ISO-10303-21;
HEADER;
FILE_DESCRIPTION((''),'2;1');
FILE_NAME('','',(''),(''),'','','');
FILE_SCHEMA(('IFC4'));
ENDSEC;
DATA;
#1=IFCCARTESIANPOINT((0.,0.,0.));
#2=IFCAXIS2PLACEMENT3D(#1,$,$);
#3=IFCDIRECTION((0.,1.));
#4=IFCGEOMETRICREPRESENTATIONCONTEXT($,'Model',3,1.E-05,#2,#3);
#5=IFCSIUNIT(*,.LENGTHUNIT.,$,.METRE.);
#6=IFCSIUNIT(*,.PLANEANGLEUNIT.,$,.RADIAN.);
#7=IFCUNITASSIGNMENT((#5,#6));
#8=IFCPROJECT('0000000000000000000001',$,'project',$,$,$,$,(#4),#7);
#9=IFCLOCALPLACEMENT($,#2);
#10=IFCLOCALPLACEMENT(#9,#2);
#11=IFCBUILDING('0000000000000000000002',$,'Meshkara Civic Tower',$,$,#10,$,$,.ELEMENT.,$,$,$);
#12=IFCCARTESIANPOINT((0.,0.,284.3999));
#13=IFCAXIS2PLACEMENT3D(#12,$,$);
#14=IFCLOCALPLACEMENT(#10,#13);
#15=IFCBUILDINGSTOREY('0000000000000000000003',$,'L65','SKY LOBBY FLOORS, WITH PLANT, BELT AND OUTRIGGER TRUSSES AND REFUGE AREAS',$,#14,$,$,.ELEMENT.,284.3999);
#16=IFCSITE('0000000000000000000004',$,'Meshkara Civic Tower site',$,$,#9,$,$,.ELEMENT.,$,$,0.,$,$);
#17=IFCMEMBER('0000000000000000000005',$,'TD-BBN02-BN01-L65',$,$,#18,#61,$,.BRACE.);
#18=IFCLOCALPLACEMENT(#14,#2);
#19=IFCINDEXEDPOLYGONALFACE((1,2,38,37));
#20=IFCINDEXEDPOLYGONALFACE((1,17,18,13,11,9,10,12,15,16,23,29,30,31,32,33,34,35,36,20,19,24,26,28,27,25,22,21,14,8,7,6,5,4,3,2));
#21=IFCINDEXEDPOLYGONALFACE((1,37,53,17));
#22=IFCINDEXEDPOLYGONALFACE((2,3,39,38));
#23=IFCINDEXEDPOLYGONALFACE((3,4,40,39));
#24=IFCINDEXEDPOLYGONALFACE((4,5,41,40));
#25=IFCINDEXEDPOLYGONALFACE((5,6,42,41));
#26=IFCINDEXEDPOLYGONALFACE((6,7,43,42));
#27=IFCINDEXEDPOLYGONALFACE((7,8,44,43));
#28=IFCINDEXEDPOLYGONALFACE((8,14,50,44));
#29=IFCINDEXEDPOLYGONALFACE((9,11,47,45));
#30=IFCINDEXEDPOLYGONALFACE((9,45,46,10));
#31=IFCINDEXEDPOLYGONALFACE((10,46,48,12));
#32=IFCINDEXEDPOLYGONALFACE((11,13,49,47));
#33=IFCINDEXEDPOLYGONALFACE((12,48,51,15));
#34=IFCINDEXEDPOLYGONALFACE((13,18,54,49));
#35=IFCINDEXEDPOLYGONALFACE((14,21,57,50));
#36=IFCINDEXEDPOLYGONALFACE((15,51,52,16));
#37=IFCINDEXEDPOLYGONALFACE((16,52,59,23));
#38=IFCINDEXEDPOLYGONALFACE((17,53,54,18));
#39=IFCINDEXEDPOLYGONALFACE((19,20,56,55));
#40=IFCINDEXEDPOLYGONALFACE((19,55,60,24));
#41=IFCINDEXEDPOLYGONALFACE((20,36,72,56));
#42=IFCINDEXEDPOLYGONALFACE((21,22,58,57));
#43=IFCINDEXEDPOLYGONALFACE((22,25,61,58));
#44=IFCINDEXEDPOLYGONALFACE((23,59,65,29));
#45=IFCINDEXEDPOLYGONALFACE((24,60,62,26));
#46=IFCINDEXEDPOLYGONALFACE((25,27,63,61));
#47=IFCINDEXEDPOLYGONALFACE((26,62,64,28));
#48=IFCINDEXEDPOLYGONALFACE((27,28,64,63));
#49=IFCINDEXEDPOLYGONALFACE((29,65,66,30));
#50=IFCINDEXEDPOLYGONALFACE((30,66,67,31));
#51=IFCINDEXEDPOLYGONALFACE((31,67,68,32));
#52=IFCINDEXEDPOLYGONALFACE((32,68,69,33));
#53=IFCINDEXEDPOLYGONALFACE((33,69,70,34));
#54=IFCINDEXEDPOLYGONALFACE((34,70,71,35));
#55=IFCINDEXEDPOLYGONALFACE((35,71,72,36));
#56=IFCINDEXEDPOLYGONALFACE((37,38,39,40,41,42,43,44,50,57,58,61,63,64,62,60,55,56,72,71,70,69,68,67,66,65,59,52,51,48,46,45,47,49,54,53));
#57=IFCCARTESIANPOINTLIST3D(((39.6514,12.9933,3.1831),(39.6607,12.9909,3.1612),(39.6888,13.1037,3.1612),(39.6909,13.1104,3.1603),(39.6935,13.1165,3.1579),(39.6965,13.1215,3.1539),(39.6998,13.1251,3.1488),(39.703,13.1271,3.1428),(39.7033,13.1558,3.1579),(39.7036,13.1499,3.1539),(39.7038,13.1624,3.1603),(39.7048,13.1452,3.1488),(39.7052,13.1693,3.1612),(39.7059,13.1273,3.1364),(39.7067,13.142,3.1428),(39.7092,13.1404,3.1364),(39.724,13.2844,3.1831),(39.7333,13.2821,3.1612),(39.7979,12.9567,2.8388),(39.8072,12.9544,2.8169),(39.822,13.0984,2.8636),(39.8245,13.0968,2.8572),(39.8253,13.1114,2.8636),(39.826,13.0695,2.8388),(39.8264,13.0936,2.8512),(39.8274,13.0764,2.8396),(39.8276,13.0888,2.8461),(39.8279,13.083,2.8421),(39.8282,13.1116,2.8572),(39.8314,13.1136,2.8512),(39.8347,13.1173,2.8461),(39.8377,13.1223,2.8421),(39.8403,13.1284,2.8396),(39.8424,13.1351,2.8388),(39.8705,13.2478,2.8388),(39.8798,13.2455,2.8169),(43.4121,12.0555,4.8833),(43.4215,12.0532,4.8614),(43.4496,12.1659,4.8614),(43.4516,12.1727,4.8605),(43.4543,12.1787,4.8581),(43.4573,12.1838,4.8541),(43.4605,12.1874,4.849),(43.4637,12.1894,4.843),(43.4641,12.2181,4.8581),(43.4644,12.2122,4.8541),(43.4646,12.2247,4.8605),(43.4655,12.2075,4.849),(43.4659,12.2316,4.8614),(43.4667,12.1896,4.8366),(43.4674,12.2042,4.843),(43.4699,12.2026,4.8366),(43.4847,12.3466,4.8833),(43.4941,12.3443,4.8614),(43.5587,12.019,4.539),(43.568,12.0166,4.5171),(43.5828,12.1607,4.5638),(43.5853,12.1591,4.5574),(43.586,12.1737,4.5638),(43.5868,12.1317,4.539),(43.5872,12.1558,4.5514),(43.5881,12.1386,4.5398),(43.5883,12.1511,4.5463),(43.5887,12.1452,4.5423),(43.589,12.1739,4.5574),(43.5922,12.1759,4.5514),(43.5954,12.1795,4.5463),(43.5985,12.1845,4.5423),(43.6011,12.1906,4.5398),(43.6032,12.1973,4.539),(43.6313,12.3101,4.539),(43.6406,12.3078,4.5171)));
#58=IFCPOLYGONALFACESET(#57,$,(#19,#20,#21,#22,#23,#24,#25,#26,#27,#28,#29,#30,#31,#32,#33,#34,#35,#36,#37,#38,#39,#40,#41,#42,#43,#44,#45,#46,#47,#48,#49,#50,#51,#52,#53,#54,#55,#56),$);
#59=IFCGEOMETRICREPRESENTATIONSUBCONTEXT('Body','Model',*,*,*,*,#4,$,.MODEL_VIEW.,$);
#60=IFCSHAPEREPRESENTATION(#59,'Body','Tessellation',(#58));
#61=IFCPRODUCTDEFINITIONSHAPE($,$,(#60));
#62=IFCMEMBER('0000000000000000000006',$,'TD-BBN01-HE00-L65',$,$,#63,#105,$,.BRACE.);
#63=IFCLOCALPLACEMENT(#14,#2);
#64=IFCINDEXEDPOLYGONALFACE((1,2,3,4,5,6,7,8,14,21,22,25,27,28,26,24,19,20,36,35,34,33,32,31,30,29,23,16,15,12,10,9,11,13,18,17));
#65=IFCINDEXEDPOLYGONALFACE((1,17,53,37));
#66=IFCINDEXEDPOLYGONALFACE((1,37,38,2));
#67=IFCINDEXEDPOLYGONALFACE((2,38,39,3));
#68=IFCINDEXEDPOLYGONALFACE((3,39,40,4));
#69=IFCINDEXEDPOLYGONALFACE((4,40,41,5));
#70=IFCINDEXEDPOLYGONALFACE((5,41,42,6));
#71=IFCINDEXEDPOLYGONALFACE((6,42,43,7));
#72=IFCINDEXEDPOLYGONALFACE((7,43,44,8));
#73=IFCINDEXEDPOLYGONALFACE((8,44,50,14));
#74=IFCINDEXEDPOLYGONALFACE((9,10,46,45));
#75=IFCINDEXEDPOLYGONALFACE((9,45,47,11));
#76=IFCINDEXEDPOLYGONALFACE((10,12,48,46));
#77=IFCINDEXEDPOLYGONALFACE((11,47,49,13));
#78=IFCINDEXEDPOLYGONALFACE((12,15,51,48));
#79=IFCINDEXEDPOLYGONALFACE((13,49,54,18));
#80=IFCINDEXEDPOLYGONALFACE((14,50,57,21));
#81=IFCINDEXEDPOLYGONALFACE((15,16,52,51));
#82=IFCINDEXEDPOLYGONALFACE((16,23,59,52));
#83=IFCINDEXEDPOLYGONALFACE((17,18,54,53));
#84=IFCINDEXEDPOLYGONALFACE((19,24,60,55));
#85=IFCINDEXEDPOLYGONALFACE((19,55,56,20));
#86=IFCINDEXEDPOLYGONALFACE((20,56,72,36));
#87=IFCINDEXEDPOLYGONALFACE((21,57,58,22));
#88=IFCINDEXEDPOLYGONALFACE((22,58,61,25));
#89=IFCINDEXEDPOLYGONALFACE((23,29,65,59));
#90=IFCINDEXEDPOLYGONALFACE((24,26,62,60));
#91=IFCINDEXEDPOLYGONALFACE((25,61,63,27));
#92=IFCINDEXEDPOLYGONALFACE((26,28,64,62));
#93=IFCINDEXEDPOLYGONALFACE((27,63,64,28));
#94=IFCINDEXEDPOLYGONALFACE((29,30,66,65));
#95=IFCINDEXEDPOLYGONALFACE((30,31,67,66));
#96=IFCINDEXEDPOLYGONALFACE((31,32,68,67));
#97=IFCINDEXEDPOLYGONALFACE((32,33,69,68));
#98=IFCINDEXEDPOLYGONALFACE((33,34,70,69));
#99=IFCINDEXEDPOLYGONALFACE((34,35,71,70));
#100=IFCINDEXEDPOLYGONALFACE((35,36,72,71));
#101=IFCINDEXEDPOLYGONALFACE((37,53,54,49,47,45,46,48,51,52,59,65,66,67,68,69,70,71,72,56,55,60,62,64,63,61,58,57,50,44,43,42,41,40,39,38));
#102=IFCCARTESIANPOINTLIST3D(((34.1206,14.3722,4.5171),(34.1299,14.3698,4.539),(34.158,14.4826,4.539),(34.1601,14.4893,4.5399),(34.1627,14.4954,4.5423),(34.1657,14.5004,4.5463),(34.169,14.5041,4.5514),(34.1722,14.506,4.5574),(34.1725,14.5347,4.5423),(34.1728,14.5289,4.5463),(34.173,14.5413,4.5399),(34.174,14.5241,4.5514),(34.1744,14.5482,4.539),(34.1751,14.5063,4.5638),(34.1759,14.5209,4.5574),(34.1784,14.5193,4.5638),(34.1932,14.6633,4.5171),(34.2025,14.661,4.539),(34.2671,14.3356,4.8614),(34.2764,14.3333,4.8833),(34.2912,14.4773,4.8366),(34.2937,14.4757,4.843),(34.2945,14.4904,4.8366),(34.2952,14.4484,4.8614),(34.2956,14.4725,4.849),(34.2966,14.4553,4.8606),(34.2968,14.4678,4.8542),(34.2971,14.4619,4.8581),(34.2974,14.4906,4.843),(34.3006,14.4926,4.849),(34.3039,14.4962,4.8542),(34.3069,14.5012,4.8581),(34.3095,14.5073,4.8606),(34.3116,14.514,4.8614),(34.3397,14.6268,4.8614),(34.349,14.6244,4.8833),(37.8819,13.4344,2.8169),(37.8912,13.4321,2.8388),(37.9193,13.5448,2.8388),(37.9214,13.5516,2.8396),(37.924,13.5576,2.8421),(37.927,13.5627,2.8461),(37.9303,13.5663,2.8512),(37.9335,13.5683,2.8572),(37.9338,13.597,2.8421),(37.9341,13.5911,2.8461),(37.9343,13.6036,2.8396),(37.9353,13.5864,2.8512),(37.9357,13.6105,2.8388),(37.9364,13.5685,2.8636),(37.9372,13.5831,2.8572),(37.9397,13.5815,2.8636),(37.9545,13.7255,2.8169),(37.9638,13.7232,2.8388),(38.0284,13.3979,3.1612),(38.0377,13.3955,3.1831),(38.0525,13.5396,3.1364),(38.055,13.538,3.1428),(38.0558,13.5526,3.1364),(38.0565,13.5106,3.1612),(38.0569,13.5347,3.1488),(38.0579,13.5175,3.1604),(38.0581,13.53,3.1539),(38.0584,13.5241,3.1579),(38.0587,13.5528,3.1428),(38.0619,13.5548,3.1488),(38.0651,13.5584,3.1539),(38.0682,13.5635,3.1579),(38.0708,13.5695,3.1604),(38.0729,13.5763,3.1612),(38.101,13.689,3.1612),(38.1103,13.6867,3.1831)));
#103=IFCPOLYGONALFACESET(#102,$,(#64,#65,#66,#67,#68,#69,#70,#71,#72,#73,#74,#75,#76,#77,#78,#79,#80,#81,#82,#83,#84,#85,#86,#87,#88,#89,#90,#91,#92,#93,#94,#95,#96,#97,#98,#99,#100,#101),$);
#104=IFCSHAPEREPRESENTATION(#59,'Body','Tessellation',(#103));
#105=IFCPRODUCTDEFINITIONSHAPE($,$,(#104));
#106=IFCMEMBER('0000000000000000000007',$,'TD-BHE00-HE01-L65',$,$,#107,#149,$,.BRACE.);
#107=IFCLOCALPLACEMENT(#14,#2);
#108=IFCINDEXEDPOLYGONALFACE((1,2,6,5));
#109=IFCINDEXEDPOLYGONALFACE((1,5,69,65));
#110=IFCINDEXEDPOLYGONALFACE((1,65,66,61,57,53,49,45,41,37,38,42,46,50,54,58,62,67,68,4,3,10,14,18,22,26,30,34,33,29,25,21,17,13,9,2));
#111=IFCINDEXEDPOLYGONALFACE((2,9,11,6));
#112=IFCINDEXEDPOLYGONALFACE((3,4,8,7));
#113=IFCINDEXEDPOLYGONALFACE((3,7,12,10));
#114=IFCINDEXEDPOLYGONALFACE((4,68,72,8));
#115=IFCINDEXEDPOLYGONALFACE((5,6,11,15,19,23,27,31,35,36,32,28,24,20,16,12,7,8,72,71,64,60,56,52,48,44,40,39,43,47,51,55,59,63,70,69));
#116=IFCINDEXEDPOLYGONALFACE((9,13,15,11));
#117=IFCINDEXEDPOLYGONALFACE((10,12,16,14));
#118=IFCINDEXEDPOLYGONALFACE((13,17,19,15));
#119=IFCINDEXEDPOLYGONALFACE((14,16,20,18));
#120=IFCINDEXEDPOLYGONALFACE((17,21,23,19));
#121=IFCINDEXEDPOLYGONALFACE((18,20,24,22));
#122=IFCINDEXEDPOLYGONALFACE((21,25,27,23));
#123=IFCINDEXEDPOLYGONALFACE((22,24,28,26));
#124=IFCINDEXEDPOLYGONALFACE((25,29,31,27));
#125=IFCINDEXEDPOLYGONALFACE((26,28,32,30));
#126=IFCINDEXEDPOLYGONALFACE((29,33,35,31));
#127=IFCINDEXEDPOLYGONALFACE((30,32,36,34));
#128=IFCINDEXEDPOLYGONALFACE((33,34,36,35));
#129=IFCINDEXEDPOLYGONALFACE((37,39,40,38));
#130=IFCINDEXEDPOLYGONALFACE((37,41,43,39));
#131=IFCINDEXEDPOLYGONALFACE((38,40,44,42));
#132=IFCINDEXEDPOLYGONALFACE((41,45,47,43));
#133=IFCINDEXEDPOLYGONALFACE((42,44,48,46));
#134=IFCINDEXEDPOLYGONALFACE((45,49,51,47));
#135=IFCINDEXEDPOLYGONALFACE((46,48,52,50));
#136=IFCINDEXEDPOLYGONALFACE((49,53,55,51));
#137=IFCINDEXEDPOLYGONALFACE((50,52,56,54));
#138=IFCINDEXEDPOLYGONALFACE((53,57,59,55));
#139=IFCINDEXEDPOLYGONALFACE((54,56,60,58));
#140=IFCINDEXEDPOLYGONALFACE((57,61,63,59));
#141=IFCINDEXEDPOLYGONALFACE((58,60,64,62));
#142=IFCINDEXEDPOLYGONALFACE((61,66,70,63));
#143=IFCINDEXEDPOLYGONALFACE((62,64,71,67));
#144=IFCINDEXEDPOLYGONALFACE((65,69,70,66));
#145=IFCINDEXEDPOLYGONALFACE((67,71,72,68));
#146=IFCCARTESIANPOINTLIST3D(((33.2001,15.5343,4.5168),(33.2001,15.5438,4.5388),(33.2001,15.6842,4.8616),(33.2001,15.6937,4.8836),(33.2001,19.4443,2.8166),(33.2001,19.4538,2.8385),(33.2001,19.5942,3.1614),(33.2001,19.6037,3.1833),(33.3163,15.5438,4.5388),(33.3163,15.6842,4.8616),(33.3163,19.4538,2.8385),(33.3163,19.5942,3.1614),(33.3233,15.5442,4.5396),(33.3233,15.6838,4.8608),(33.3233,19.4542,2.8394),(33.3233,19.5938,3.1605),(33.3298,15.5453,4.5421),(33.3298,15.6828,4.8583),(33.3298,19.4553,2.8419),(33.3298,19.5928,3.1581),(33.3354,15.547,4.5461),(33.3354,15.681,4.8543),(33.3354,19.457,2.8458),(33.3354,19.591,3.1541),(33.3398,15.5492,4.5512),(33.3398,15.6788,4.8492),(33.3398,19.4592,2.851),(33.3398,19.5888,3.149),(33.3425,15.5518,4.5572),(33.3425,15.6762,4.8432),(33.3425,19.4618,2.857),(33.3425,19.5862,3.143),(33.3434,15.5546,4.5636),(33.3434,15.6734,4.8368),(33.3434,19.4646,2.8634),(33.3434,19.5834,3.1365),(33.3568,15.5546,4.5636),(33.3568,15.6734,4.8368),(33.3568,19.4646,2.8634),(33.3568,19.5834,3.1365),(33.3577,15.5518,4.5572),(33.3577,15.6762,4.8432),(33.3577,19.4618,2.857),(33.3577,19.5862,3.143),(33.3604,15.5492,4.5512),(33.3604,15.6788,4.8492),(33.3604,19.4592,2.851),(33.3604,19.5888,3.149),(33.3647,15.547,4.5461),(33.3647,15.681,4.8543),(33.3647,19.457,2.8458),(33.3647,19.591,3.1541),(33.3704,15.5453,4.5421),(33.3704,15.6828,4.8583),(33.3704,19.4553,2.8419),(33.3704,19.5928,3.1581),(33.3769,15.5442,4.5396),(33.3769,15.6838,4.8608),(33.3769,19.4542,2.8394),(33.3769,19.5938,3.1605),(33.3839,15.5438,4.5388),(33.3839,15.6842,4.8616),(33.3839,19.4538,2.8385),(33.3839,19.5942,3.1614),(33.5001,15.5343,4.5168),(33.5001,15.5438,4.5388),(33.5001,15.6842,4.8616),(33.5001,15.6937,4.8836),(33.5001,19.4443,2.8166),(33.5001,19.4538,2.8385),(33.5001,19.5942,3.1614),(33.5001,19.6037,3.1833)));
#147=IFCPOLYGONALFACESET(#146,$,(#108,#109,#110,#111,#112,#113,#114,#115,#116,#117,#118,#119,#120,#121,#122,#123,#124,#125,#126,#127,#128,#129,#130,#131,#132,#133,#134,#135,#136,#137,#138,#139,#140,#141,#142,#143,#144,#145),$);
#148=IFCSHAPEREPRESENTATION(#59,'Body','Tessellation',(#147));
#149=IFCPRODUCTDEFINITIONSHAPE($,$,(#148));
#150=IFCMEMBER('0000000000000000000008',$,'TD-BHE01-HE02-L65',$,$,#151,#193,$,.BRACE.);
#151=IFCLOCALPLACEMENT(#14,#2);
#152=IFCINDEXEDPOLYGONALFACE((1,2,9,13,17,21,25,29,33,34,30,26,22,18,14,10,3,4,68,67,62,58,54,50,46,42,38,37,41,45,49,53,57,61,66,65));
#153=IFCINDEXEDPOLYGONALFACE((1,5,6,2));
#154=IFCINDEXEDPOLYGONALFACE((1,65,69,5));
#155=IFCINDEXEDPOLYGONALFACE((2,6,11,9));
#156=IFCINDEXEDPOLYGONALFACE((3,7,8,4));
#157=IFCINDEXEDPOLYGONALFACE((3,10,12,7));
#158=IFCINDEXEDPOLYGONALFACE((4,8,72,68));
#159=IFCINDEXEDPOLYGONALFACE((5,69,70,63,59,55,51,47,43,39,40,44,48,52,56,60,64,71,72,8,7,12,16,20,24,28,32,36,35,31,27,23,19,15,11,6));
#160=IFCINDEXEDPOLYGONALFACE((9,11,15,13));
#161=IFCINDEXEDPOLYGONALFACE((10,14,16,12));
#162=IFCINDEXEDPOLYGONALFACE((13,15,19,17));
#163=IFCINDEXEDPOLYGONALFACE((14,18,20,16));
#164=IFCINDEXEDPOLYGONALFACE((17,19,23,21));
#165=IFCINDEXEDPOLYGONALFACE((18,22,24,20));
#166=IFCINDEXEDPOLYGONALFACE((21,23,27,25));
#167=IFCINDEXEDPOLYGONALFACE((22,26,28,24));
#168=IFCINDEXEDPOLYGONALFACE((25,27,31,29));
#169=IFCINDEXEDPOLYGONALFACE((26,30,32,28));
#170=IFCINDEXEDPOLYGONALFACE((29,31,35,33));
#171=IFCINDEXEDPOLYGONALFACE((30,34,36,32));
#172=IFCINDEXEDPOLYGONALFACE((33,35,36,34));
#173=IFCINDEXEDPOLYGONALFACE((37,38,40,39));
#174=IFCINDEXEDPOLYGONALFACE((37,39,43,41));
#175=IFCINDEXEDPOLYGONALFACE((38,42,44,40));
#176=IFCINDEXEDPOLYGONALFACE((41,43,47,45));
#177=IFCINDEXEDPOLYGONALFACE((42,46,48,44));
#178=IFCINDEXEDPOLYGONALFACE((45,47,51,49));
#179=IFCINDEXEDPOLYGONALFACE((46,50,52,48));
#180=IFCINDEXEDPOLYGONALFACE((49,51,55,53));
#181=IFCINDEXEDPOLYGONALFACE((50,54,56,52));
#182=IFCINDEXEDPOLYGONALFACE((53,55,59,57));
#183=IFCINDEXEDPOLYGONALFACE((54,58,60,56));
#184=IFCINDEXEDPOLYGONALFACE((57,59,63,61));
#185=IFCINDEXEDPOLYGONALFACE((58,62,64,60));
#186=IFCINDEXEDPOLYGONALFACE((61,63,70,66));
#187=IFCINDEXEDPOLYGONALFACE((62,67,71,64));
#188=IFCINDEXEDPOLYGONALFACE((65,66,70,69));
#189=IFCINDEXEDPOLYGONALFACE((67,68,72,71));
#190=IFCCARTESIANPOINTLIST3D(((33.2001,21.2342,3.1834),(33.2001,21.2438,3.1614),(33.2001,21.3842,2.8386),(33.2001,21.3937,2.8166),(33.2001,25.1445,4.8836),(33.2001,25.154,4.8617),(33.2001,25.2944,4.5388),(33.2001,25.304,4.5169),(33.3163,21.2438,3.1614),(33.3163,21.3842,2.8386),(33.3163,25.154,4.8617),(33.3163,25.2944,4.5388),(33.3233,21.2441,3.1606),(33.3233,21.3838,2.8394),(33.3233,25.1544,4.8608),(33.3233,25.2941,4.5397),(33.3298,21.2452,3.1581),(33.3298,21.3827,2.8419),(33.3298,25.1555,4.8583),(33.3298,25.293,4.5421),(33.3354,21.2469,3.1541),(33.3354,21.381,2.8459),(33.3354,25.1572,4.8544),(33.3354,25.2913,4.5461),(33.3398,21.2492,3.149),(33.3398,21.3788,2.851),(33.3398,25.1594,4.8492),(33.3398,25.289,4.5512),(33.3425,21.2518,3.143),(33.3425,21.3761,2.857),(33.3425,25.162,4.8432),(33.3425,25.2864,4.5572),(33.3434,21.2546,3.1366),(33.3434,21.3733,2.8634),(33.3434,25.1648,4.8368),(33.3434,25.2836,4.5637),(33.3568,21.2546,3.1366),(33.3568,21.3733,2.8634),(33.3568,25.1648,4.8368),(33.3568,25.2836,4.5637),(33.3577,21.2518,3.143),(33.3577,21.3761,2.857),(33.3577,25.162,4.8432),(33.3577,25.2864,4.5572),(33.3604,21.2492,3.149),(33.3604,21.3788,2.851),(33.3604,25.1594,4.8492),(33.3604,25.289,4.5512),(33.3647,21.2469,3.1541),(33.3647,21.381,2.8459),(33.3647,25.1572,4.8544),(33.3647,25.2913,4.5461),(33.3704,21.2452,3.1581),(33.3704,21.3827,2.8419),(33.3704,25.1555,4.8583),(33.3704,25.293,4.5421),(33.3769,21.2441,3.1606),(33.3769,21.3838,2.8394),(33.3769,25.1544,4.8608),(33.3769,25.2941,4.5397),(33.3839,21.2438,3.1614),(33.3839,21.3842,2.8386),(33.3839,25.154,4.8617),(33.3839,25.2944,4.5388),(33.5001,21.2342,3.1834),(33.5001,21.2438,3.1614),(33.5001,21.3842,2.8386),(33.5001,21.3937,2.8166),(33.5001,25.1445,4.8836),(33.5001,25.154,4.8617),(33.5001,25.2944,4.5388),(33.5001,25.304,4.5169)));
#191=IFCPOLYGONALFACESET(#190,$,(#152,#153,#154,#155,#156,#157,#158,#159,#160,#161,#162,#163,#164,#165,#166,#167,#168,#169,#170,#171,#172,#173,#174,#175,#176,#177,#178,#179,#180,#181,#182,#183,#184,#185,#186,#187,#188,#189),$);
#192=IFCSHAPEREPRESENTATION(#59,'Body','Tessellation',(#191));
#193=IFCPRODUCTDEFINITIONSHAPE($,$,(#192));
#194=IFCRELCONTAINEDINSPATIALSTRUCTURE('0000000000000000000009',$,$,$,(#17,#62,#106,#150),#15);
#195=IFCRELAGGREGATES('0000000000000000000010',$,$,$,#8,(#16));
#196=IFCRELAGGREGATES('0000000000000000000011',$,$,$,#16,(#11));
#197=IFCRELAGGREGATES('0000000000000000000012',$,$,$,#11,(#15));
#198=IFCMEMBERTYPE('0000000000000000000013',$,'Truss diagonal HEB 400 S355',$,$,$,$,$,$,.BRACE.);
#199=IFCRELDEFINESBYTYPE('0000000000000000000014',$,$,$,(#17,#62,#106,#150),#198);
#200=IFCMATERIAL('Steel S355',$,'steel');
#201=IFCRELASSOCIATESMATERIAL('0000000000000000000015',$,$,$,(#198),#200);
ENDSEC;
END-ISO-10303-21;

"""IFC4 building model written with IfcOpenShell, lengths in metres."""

from ifc_helpers import new_model, si_unit, direction, frame, origin, origin_2d, place, context, subcontext, project, spatial, i_section, extrude, material, material_profile, profile_set, type_object, element, save


model = new_model("IFC4")

# Units and contexts
model_context = context("Model", 3, precision=1e-05, world=origin(), true_north=direction((0.0, 1.0)))
body_context = subcontext(model_context, "Body", "Model", "MODEL_VIEW")
ifc_project = project(units=[si_unit("LENGTHUNIT", "METRE"), si_unit("PLANEANGLEUNIT", "RADIAN")], contexts=[model_context])

# Site, building, storey
site_placement = place(None, origin())
site = spatial("IfcSite", under=ifc_project, at=site_placement, Name="Meshkara Civic Tower site", CompositionType="ELEMENT", RefElevation=0.0)
building_placement = place(site_placement, origin())
building = spatial("IfcBuilding", under=site, at=building_placement, Name="Meshkara Civic Tower", CompositionType="ELEMENT")
storey_placement = place(building_placement, frame((0.0, 0.0, 284.3999)))
storey = spatial("IfcBuildingStorey", under=building, at=storey_placement, Name="L65", Description="SKY LOBBY FLOORS, WITH PLANT, BELT AND OUTRIGGER TRUSSES AND REFUGE AREAS", CompositionType="ELEMENT", Elevation=284.3999)

# Members
ifc_material_1 = material(Name="Steel S355", Category="steel")
ifc_material_profile_1 = material_profile(ifc_material_1, i_section(OverallWidth=0.3, OverallDepth=0.3999, WebThickness=0.0134, FlangeThickness=0.0239, FilletRadius=0.0271, at=origin_2d()))
ifc_profile_set_1 = profile_set([ifc_material_profile_1], Name="Steel S355")
member_type = type_object("IfcMemberType", Name="Truss diagonal HEB 400 S355", PredefinedType="BRACE", material=ifc_profile_set_1)
member_1_placement = place(storey_placement, frame((43.5264, 12.1816, 4.7002), z_axis=(-0.88856, 0.221563, -0.40171), x_axis=(-0.241943, -0.970291, 0.0)))
element("IfcMember", 1, at=member_1_placement, inside=storey, type_object=member_type, Name="TD-BBN02-BN01-L65", PredefinedType="BRACE", context=body_context, shape_type="SweptSolid", body=[
    extrude(i_section(OverallWidth=0.3, OverallDepth=0.3999, WebThickness=0.0134, FlangeThickness=0.0239, FilletRadius=0.0271, at=origin_2d()), origin(), (0.0, 0.0, 1.0), 4.2324),
])
member_2_placement = place(storey_placement, frame((37.9961, 13.5605, 3.0), z_axis=(-0.888584, 0.221541, 0.401668), x_axis=(-0.241913, -0.970298, 0.0)))
element("IfcMember", 2, at=member_2_placement, inside=storey, type_object=member_type, Name="TD-BBN01-HE00-L65", PredefinedType="BRACE", context=body_context, shape_type="SweptSolid", body=[
    extrude(i_section(OverallWidth=0.3, OverallDepth=0.3999, WebThickness=0.0134, FlangeThickness=0.0239, FilletRadius=0.0271, at=origin_2d()), origin(), (0.0, 0.0, 1.0), 4.2329),
])
member_3_placement = place(storey_placement, frame((33.3501, 15.614, 4.7002), z_axis=(0.0, 0.91705, -0.398772), x_axis=(-1.0, 0.0, 0.0)))
element("IfcMember", 3, at=member_3_placement, inside=storey, type_object=member_type, Name="TD-BHE00-HE01-L65", PredefinedType="BRACE", context=body_context, shape_type="SweptSolid", body=[
    extrude(i_section(OverallWidth=0.3, OverallDepth=0.3999, WebThickness=0.0134, FlangeThickness=0.0239, FilletRadius=0.0271, at=origin_2d()), origin(), (0.0, 0.0, 1.0), 4.2637),
])
for number, where, z_axis, x_axis, name in (
    (4, (33.3501, 21.314, 3.0), (0.0, 0.917059, 0.398751), (-1.0, 0.0, 0.0), "TD-BHE01-HE02-L65"),
):
    element("IfcMember", number, at=place(storey_placement, frame(where, z_axis=z_axis, x_axis=x_axis)), inside=storey, type_object=member_type, Name=name, PredefinedType="BRACE", context=body_context, shape_type="SweptSolid", body=[
        extrude(i_section(OverallWidth=0.3, OverallDepth=0.3999, WebThickness=0.0134, FlangeThickness=0.0239, FilletRadius=0.0271, at=origin_2d()), origin(), (0.0, 0.0, 1.0), 4.2639),
    ])

save(model, "model.ifc")
